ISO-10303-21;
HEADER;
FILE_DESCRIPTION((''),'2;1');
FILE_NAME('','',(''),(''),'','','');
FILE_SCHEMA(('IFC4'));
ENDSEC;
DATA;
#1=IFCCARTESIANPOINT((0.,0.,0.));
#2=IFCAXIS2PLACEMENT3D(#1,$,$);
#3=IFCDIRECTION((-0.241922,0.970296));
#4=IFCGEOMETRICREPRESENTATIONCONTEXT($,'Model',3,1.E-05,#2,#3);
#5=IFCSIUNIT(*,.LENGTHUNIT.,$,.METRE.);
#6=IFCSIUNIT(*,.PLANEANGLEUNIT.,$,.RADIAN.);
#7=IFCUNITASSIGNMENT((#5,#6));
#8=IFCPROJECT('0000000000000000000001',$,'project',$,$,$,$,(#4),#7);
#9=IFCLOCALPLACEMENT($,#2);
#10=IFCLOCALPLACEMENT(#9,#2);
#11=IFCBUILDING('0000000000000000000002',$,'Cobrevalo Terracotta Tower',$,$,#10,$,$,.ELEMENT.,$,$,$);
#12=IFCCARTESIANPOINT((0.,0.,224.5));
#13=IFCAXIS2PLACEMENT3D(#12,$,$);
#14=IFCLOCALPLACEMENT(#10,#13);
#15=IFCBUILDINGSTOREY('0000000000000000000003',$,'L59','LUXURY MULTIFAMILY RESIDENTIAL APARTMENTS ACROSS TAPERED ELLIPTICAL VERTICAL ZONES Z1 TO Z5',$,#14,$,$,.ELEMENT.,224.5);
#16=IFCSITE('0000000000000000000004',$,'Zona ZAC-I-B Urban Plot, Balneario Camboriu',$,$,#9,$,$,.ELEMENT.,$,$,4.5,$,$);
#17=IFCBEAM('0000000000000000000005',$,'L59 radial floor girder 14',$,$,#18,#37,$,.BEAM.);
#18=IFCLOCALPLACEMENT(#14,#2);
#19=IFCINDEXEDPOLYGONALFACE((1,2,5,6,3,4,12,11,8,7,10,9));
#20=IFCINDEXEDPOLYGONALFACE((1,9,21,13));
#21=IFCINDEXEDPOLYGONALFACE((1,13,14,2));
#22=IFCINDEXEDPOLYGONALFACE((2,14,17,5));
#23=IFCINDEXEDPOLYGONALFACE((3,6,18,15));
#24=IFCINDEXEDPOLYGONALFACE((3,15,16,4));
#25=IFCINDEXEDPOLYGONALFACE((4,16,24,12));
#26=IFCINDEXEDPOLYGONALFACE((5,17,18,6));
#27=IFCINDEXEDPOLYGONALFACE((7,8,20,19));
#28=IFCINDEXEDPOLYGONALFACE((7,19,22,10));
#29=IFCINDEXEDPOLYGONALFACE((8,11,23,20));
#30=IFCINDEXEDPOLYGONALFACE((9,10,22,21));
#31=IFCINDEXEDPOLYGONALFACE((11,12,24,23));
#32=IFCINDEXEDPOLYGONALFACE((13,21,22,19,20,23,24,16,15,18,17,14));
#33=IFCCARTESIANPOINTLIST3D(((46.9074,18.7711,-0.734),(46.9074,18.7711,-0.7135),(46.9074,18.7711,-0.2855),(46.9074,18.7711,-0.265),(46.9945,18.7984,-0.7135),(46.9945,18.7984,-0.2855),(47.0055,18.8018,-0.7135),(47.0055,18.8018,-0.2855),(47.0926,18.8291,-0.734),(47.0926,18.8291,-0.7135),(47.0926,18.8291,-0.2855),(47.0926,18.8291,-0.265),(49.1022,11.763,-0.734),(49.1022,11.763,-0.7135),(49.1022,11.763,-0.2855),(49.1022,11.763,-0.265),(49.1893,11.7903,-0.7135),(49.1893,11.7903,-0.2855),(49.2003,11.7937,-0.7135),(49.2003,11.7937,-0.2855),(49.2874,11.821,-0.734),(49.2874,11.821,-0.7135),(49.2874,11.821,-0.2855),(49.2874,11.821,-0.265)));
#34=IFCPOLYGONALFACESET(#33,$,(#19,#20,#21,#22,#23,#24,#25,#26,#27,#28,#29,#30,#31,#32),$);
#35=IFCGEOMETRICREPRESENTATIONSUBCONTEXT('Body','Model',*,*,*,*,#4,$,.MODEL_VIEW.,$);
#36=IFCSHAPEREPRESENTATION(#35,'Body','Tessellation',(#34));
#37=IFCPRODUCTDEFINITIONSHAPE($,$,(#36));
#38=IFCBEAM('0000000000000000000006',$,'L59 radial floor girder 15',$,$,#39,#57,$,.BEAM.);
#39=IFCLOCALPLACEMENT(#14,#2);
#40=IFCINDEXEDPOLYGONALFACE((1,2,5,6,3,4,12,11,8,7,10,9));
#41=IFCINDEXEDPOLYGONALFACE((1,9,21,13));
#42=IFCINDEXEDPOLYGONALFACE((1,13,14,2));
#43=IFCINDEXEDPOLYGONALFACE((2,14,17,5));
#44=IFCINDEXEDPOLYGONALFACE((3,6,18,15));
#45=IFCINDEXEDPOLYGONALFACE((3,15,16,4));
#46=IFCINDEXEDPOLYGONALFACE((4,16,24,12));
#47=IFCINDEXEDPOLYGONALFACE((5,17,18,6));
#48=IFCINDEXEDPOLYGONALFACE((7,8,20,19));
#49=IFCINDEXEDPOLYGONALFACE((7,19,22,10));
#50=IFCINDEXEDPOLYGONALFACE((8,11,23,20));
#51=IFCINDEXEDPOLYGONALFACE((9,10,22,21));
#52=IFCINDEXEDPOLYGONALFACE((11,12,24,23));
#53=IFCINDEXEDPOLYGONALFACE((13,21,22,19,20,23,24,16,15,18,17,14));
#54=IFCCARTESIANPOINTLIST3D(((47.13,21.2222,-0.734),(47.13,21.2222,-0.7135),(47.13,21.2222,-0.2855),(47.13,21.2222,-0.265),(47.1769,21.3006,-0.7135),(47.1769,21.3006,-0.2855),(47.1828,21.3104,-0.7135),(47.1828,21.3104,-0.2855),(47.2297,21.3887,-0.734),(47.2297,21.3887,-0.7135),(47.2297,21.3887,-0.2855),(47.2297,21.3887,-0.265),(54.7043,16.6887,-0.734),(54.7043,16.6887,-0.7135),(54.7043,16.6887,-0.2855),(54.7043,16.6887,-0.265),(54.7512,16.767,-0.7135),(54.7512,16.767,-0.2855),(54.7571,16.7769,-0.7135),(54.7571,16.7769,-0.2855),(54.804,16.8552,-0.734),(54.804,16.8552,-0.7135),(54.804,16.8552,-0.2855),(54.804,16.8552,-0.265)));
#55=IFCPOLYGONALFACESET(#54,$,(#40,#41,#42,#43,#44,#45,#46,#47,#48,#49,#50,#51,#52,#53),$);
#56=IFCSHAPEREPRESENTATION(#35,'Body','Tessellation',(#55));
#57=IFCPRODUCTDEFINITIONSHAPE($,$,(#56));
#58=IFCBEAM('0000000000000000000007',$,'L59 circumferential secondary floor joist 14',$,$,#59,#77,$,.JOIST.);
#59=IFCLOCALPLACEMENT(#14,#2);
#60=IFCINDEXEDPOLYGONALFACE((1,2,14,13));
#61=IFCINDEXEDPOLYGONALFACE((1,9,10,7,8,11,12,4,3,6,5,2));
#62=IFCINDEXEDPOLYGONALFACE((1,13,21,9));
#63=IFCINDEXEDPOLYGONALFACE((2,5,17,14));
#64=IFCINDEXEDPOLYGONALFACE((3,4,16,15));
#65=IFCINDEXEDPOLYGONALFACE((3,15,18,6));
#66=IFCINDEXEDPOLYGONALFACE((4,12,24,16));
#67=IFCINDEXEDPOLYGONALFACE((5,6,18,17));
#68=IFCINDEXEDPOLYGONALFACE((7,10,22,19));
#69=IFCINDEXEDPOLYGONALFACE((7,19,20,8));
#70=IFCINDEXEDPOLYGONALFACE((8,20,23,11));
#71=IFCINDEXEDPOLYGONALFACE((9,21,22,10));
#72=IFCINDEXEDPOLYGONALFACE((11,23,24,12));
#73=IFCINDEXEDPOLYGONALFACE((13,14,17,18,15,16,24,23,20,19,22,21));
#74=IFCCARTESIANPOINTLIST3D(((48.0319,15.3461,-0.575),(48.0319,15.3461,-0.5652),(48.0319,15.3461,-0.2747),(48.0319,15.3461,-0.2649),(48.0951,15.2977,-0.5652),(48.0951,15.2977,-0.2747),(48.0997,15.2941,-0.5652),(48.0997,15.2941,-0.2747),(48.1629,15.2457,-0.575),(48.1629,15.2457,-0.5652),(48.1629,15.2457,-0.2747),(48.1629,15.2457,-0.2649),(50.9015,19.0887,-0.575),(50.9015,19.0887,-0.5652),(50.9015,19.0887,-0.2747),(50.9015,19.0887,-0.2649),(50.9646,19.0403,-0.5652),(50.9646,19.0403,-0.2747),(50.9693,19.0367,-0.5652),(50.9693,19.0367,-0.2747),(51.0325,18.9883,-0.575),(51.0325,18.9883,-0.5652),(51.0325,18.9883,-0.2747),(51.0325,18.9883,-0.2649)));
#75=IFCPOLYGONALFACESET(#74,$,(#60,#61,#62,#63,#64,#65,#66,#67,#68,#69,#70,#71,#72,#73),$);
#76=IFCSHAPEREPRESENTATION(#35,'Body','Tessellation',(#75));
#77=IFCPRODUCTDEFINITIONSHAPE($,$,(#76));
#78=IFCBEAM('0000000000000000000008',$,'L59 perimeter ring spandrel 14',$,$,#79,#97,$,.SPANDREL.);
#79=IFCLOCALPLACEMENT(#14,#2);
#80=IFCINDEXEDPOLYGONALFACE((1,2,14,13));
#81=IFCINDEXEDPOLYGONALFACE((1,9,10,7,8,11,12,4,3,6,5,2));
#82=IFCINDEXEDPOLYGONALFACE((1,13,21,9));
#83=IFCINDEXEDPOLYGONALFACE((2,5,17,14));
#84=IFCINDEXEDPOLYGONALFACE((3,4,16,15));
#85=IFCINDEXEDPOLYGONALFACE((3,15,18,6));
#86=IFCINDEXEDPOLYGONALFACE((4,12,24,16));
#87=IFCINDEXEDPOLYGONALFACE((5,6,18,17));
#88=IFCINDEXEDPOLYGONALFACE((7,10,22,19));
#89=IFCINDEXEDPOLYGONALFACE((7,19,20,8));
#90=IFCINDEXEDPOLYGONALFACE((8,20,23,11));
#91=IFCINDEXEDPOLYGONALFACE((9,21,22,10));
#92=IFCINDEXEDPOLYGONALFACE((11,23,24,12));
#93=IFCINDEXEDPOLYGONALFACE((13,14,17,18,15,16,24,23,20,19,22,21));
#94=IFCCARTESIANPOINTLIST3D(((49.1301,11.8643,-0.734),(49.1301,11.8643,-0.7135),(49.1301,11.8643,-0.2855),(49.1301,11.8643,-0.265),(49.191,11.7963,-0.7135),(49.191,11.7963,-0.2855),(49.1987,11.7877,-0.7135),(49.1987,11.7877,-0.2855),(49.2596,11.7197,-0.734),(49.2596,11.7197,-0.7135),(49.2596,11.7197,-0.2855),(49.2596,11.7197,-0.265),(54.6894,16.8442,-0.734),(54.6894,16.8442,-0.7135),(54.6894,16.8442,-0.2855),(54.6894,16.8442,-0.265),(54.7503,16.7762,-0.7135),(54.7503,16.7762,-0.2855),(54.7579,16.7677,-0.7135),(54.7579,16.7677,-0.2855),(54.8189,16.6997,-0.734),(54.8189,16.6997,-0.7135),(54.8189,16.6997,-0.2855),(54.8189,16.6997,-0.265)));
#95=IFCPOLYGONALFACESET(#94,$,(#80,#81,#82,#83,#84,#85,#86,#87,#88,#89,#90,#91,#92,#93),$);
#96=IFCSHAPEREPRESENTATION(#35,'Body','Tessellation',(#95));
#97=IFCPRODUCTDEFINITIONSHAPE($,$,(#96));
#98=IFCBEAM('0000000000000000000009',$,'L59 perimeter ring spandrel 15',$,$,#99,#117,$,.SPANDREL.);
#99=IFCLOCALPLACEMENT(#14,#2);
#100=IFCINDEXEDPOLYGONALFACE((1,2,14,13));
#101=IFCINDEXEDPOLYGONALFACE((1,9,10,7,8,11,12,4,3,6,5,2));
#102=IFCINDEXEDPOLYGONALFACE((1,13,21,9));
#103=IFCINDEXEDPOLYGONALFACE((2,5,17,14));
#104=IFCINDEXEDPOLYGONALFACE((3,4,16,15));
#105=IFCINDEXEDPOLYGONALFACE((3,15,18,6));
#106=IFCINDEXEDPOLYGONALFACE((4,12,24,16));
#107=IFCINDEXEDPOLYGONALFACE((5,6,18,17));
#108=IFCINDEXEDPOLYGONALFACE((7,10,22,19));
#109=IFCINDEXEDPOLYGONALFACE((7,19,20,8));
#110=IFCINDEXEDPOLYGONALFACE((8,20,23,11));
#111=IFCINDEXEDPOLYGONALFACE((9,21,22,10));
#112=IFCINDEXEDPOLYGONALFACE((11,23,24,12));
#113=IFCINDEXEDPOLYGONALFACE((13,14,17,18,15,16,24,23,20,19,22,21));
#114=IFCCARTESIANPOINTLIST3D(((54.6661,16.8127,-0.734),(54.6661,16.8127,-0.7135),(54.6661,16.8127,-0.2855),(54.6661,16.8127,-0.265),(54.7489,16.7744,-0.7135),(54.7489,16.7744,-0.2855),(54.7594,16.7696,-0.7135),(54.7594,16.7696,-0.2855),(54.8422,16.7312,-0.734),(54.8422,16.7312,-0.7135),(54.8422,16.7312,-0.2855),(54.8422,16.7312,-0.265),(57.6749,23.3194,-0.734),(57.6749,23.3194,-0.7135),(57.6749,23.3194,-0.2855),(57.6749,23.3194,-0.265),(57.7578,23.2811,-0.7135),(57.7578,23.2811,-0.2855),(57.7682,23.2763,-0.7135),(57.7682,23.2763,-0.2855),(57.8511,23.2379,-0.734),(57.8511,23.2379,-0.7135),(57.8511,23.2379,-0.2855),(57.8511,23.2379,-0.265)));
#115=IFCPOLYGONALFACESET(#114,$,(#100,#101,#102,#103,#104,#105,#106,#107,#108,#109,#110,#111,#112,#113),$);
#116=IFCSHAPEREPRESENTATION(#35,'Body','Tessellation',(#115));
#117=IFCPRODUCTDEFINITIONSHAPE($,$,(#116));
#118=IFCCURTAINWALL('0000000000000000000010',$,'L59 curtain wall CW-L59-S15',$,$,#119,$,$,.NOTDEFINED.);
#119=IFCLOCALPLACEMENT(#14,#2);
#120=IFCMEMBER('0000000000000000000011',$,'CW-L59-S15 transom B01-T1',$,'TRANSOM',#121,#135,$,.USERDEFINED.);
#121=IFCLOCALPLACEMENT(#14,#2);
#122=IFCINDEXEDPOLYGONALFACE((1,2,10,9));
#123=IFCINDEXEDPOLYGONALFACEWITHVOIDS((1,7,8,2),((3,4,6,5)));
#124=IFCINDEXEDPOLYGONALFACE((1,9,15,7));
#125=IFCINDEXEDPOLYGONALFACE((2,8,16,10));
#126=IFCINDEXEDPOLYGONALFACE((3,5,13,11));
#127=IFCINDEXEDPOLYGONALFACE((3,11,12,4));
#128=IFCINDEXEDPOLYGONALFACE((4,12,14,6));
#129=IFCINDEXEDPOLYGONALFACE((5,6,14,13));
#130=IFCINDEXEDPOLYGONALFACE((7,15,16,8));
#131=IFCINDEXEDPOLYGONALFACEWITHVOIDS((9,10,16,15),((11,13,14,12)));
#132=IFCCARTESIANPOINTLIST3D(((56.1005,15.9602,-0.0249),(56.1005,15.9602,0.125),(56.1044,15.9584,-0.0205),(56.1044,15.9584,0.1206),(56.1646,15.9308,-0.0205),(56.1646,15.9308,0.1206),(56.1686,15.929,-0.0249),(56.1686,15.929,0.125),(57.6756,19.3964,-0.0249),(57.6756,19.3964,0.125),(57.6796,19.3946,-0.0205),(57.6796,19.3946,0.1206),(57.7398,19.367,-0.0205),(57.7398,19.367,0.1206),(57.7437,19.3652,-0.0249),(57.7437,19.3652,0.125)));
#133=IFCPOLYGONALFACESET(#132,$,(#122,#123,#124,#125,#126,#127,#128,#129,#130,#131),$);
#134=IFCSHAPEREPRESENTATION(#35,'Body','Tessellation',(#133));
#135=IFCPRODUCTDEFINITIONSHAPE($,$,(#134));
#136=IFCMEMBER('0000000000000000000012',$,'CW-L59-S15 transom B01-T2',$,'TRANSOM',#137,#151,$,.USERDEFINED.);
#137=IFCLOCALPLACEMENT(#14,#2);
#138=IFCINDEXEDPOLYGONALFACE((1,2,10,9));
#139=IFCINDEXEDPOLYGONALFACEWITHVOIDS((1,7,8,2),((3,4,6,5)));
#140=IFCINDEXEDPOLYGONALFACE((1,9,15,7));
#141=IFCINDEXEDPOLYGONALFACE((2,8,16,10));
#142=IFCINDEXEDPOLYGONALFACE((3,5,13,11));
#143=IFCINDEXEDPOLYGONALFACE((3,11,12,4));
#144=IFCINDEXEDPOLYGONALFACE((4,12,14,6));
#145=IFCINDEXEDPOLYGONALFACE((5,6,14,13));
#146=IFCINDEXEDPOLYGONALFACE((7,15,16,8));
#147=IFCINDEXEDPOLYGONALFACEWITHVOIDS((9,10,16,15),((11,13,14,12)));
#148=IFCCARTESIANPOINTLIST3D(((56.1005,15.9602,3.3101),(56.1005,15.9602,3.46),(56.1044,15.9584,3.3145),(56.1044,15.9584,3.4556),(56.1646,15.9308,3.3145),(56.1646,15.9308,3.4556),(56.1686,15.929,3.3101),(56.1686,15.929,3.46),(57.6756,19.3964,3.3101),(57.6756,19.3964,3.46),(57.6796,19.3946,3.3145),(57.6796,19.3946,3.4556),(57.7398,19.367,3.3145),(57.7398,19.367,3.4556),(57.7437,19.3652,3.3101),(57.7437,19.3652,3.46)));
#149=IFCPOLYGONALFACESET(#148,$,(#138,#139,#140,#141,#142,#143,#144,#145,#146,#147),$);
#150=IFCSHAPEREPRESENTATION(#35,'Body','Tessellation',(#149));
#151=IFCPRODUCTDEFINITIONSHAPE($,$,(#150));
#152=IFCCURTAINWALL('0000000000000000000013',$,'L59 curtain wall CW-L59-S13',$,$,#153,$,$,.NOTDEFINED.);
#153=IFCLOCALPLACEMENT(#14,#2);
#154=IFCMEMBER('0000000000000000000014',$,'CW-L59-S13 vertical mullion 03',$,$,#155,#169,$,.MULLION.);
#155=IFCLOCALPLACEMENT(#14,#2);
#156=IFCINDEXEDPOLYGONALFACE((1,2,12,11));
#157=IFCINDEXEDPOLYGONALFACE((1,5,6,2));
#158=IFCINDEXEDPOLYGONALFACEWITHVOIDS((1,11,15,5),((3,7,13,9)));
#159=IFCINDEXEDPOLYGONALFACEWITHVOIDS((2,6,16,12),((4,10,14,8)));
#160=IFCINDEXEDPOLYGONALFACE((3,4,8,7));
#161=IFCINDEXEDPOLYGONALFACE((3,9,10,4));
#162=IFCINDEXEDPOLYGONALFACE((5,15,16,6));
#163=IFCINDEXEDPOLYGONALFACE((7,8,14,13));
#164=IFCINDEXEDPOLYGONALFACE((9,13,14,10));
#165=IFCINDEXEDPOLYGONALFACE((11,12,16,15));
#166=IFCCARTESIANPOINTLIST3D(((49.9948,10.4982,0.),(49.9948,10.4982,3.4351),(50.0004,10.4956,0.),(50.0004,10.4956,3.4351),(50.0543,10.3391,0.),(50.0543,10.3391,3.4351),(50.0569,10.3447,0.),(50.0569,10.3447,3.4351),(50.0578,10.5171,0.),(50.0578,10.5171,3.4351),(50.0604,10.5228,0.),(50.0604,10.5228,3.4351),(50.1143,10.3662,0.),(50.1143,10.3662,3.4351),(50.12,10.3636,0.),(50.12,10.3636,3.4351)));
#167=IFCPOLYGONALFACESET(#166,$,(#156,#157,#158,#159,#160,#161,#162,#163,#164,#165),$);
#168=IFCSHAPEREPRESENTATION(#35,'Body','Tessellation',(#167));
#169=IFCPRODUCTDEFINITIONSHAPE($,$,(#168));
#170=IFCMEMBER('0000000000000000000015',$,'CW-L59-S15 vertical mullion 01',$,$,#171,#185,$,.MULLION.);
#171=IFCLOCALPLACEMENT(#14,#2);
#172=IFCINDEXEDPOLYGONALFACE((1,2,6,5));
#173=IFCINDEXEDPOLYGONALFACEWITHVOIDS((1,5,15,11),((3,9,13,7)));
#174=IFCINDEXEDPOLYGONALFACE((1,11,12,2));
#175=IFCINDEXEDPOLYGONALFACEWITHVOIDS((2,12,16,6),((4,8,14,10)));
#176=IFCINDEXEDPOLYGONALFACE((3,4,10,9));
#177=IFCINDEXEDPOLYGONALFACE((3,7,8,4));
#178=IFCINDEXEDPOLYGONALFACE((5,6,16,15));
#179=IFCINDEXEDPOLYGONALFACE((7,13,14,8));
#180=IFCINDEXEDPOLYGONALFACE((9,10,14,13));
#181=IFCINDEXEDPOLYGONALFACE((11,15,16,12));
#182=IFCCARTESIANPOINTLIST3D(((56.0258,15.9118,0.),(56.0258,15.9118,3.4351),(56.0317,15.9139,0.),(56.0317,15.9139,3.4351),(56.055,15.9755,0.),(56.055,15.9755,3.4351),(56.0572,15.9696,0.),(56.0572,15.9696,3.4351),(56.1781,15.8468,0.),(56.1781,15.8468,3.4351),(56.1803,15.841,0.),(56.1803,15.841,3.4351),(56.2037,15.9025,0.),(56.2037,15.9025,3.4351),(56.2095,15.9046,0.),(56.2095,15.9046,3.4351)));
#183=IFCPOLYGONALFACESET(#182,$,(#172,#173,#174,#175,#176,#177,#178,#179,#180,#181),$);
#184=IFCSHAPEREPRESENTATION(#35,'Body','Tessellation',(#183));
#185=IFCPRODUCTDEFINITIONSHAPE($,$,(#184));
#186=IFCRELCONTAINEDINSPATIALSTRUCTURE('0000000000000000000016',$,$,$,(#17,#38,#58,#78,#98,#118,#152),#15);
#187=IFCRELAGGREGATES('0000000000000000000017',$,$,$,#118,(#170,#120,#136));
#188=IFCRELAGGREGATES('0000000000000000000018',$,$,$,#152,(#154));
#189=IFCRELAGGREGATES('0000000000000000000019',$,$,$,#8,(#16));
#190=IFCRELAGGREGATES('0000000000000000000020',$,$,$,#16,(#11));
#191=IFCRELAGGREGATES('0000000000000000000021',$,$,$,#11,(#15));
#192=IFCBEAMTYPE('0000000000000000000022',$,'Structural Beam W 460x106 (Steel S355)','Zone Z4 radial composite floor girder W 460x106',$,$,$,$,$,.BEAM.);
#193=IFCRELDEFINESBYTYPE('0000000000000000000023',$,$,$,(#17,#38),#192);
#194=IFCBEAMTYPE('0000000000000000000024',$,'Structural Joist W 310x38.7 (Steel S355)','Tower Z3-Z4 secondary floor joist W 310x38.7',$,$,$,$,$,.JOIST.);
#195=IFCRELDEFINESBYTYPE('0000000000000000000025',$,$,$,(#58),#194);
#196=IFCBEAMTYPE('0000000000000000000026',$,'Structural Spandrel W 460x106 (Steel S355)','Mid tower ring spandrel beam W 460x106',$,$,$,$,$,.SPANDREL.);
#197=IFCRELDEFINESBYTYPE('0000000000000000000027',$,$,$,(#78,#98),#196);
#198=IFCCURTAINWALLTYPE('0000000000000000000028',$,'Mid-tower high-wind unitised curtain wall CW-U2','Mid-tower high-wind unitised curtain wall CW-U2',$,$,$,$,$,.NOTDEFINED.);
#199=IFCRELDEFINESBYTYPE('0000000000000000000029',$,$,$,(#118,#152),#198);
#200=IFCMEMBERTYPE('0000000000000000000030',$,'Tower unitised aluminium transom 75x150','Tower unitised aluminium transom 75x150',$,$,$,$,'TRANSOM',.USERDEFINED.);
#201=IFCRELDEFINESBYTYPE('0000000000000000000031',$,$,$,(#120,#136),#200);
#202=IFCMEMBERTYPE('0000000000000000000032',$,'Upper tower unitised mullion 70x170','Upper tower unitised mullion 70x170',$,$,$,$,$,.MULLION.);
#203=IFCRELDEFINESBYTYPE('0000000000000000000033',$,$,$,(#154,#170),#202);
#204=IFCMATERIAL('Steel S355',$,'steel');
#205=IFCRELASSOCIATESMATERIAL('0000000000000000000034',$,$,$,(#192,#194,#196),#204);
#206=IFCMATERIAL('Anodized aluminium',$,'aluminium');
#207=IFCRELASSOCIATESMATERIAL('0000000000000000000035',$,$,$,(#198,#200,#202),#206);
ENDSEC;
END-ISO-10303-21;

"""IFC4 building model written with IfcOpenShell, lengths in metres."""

from ifc_helpers import new_model, si_unit, direction, frame, origin, origin_2d, place, context, subcontext, project, spatial, hollow_rectangle, i_section, extrude, source, transform, mapped, material, material_profile, profile_set, type_object, element, aggregate, save


model = new_model("IFC4")

# Units and contexts
model_context = context("Model", 3, precision=1e-05, world=origin(), true_north=direction((-0.241922, 0.970296)))
body_context = subcontext(model_context, "Body", "Model", "MODEL_VIEW")
ifc_project = project(units=[si_unit("LENGTHUNIT", "METRE"), si_unit("PLANEANGLEUNIT", "RADIAN")], contexts=[model_context])

# Site, building, storey
site_placement = place(None, origin())
site = spatial("IfcSite", under=ifc_project, at=site_placement, Name="Zona ZAC-I-B Urban Plot, Balneario Camboriu", CompositionType="ELEMENT", RefElevation=4.5)
building_placement = place(site_placement, origin())
building = spatial("IfcBuilding", under=site, at=building_placement, Name="Cobrevalo Terracotta Tower", CompositionType="ELEMENT")
storey_placement = place(building_placement, frame((0.0, 0.0, 224.5)))
storey = spatial("IfcBuildingStorey", under=building, at=storey_placement, Name="L59", Description="LUXURY MULTIFAMILY RESIDENTIAL APARTMENTS ACROSS TAPERED ELLIPTICAL VERTICAL ZONES Z1 TO Z5", CompositionType="ELEMENT", Elevation=224.5)

# Shared definitions
ifc_material_1 = material(Name="Steel S355", Category="steel")

# Beams
ifc_material_profile_1 = material_profile(ifc_material_1, i_section(OverallWidth=0.1941, OverallDepth=0.469, WebThickness=0.0115, FlangeThickness=0.0205, at=origin_2d()), Name="W 460x106")
ifc_profile_set_1 = profile_set([ifc_material_profile_1], Name="Steel S355")
beam_type_1 = type_object("IfcBeamType", Name="Structural Beam W 460x106 (Steel S355)", Description="Zone Z4 radial composite floor girder W 460x106", PredefinedType="BEAM", material=ifc_profile_set_1)
beam_1_placement = place(storey_placement, frame((49.1948, 11.792, -0.4995), z_axis=(-0.298871, 0.954293, 0.0), x_axis=(-0.954293, -0.298871, 0.0)))
element("IfcBeam", 1, at=beam_1_placement, inside=storey, type_object=beam_type_1, Name="L59 radial floor girder 14", PredefinedType="BEAM", context=body_context, shape_type="SweptSolid", body=[
    extrude(i_section(OverallWidth=0.1941, OverallDepth=0.469, WebThickness=0.0115, FlangeThickness=0.0205, at=origin_2d()), origin(), (0.0, 0.0, 1.0), 7.3438),
])
beam_2_placement = place(storey_placement, frame((54.7542, 16.772, -0.4995), z_axis=(-0.858046, 0.513572, 0.0), x_axis=(-0.513572, -0.858046, 0.0)))
element("IfcBeam", 2, at=beam_2_placement, inside=storey, type_object=beam_type_1, Name="L59 radial floor girder 15", PredefinedType="BEAM", context=body_context, shape_type="SweptSolid", body=[
    extrude(i_section(OverallWidth=0.1941, OverallDepth=0.469, WebThickness=0.0115, FlangeThickness=0.0205, at=origin_2d()), origin(), (0.0, 0.0, 1.0), 8.8274),
])
ifc_material_profile_2 = material_profile(ifc_material_1, i_section(OverallWidth=0.165, OverallDepth=0.3101, WebThickness=0.0059, FlangeThickness=0.0098, at=origin_2d()), Name="W 310x38.7")
ifc_profile_set_2 = profile_set([ifc_material_profile_2], Name="Steel S355")
beam_type_2 = type_object("IfcBeamType", Name="Structural Joist W 310x38.7 (Steel S355)", Description="Tower Z3-Z4 secondary floor joist W 310x38.7", PredefinedType="JOIST", material=ifc_profile_set_2)
beam_3_placement = place(storey_placement, frame((48.0974, 15.2959, -0.4199), z_axis=(0.608464, 0.793581, 0.0), x_axis=(-0.793581, 0.608464, 0.0)))
element("IfcBeam", 3, at=beam_3_placement, inside=storey, type_object=beam_type_2, Name="L59 circumferential secondary floor joist 14", PredefinedType="JOIST", context=body_context, shape_type="SweptSolid", body=[
    extrude(i_section(OverallWidth=0.165, OverallDepth=0.3101, WebThickness=0.0059, FlangeThickness=0.0098, at=origin_2d()), origin(), (0.0, 0.0, 1.0), 4.7161),
])
ifc_material_profile_3 = material_profile(ifc_material_1, i_section(OverallWidth=0.1941, OverallDepth=0.469, WebThickness=0.0115, FlangeThickness=0.0205, at=origin_2d()), Name="W 460x106")
ifc_profile_set_3 = profile_set([ifc_material_profile_3], Name="Steel S355")
beam_type_3 = type_object("IfcBeamType", Name="Structural Spandrel W 460x106 (Steel S355)", Description="Mid tower ring spandrel beam W 460x106", PredefinedType="SPANDREL", material=ifc_profile_set_3)
beam_4_placement = place(storey_placement, frame((49.1948, 11.792, -0.4995), z_axis=(0.744852, 0.66723, 0.0), x_axis=(-0.66723, 0.744852, 0.0)))
element("IfcBeam", 4, at=beam_4_placement, inside=storey, type_object=beam_type_3, Name="L59 perimeter ring spandrel 14", PredefinedType="SPANDREL", context=body_context, shape_type="SweptSolid", body=[
    extrude(i_section(OverallWidth=0.1941, OverallDepth=0.469, WebThickness=0.0115, FlangeThickness=0.0205, at=origin_2d()), origin(), (0.0, 0.0, 1.0), 7.4636),
])
beam_5_placement = place(storey_placement, frame((54.7542, 16.772, -0.4995), z_axis=(0.419719, 0.907654, 0.0), x_axis=(-0.907654, 0.419719, 0.0)))
element("IfcBeam", 5, at=beam_5_placement, inside=storey, type_object=beam_type_3, Name="L59 perimeter ring spandrel 15", PredefinedType="SPANDREL", context=body_context, shape_type="SweptSolid", body=[
    extrude(i_section(OverallWidth=0.1941, OverallDepth=0.469, WebThickness=0.0115, FlangeThickness=0.0205, at=origin_2d()), origin(), (0.0, 0.0, 1.0), 7.1687),
])

# Curtain wall, members
ifc_material_2 = material(Name="Anodized aluminium", Category="aluminium")
curtain_wall_type = type_object("IfcCurtainWallType", Name="Mid-tower high-wind unitised curtain wall CW-U2", Description="Mid-tower high-wind unitised curtain wall CW-U2", PredefinedType="NOTDEFINED", material=ifc_material_2)
curtain_wall_1_placement = place(storey_placement, origin())
curtain_wall_1 = element("IfcCurtainWall", 6, at=curtain_wall_1_placement, inside=storey, type_object=curtain_wall_type, Name="L59 curtain wall CW-L59-S15", PredefinedType="NOTDEFINED")
ifc_material_profile_4 = material_profile(ifc_material_2, hollow_rectangle(XDim=0.075, YDim=0.1499, WallThickness=0.0044, at=origin_2d()), Name="CWT 75x150")
ifc_profile_set_4 = profile_set([ifc_material_profile_4], Name="Anodized aluminium")
member_type_1 = type_object("IfcMemberType", Name="Tower unitised aluminium transom 75x150", Description="Tower unitised aluminium transom 75x150", ElementType="TRANSOM", PredefinedType="USERDEFINED", material=ifc_profile_set_4)
shared_shape_1 = source(origin(), body_context, "Body", "SweptSolid", [
    extrude(hollow_rectangle(XDim=0.075, YDim=0.1499, WallThickness=0.0044, at=origin_2d()), origin(), (0.0, 0.0, 1.0), 3.78),
])
member_1_placement = place(storey_placement, frame((56.1345, 15.9446, 0.05), z_axis=(0.416706, 0.909041, 0.0), x_axis=(-0.909041, 0.416706, 0.0)))
member_1 = element("IfcMember", 7, at=member_1_placement, type_object=member_type_1, Name="CW-L59-S15 transom B01-T1", ObjectType="TRANSOM", PredefinedType="USERDEFINED", context=body_context, shape_type="MappedRepresentation", body=[
    mapped(shared_shape_1, transform((0.0, 0.0, 0.0), scale=1.0)),
])
member_2_placement = place(storey_placement, frame((56.1345, 15.9446, 3.385), z_axis=(0.416706, 0.909041, 0.0), x_axis=(-0.909041, 0.416706, 0.0)))
member_2 = element("IfcMember", 8, at=member_2_placement, type_object=member_type_1, Name="CW-L59-S15 transom B01-T2", ObjectType="TRANSOM", PredefinedType="USERDEFINED", context=body_context, shape_type="MappedRepresentation", body=[
    mapped(shared_shape_1, transform((0.0, 0.0, 0.0), scale=1.0)),
])

# Curtain wall, member
curtain_wall_2_placement = place(storey_placement, origin())
curtain_wall_2 = element("IfcCurtainWall", 9, at=curtain_wall_2_placement, inside=storey, type_object=curtain_wall_type, Name="L59 curtain wall CW-L59-S13", PredefinedType="NOTDEFINED")
ifc_material_profile_5 = material_profile(ifc_material_2, hollow_rectangle(XDim=0.0701, YDim=0.1699, WallThickness=0.0044, at=origin_2d()), Name="CWM 70x170")
ifc_profile_set_5 = profile_set([ifc_material_profile_5], Name="Anodized aluminium")
member_type_2 = type_object("IfcMemberType", Name="Upper tower unitised mullion 70x170", Description="Upper tower unitised mullion 70x170", PredefinedType="MULLION", material=ifc_profile_set_5)
shared_shape_2 = source(origin(), body_context, "Body", "SweptSolid", [
    extrude(hollow_rectangle(XDim=0.0701, YDim=0.1699, WallThickness=0.0044, at=origin_2d()), origin(), (0.0, 0.0, 1.0), 3.4351),
])
member_3_placement = place(storey_placement, frame((50.0574, 10.4309, 0.0), z_axis=(0.0, 0.0, 1.0), x_axis=(0.936556, 0.350518, 0.0)))
member_3 = element("IfcMember", 10, at=member_3_placement, type_object=member_type_2, Name="CW-L59-S13 vertical mullion 03", PredefinedType="MULLION", context=body_context, shape_type="MappedRepresentation", body=[
    mapped(shared_shape_2, transform((0.0, 0.0, 0.0), scale=1.0)),
])

# Member
member_4_placement = place(storey_placement, frame((56.1177, 15.9082, 0.0), z_axis=(0.0, 0.0, 1.0), x_axis=(0.416725, 0.909033, 0.0)))
member_4 = element("IfcMember", 11, at=member_4_placement, type_object=member_type_2, Name="CW-L59-S15 vertical mullion 01", PredefinedType="MULLION", context=body_context, shape_type="MappedRepresentation", body=[
    mapped(shared_shape_2, transform((0.0, 0.0, 0.0), scale=1.0)),
])

aggregate(curtain_wall_1, [member_4, member_1, member_2])
aggregate(curtain_wall_2, [member_3])

save(model, "model.ifc")
